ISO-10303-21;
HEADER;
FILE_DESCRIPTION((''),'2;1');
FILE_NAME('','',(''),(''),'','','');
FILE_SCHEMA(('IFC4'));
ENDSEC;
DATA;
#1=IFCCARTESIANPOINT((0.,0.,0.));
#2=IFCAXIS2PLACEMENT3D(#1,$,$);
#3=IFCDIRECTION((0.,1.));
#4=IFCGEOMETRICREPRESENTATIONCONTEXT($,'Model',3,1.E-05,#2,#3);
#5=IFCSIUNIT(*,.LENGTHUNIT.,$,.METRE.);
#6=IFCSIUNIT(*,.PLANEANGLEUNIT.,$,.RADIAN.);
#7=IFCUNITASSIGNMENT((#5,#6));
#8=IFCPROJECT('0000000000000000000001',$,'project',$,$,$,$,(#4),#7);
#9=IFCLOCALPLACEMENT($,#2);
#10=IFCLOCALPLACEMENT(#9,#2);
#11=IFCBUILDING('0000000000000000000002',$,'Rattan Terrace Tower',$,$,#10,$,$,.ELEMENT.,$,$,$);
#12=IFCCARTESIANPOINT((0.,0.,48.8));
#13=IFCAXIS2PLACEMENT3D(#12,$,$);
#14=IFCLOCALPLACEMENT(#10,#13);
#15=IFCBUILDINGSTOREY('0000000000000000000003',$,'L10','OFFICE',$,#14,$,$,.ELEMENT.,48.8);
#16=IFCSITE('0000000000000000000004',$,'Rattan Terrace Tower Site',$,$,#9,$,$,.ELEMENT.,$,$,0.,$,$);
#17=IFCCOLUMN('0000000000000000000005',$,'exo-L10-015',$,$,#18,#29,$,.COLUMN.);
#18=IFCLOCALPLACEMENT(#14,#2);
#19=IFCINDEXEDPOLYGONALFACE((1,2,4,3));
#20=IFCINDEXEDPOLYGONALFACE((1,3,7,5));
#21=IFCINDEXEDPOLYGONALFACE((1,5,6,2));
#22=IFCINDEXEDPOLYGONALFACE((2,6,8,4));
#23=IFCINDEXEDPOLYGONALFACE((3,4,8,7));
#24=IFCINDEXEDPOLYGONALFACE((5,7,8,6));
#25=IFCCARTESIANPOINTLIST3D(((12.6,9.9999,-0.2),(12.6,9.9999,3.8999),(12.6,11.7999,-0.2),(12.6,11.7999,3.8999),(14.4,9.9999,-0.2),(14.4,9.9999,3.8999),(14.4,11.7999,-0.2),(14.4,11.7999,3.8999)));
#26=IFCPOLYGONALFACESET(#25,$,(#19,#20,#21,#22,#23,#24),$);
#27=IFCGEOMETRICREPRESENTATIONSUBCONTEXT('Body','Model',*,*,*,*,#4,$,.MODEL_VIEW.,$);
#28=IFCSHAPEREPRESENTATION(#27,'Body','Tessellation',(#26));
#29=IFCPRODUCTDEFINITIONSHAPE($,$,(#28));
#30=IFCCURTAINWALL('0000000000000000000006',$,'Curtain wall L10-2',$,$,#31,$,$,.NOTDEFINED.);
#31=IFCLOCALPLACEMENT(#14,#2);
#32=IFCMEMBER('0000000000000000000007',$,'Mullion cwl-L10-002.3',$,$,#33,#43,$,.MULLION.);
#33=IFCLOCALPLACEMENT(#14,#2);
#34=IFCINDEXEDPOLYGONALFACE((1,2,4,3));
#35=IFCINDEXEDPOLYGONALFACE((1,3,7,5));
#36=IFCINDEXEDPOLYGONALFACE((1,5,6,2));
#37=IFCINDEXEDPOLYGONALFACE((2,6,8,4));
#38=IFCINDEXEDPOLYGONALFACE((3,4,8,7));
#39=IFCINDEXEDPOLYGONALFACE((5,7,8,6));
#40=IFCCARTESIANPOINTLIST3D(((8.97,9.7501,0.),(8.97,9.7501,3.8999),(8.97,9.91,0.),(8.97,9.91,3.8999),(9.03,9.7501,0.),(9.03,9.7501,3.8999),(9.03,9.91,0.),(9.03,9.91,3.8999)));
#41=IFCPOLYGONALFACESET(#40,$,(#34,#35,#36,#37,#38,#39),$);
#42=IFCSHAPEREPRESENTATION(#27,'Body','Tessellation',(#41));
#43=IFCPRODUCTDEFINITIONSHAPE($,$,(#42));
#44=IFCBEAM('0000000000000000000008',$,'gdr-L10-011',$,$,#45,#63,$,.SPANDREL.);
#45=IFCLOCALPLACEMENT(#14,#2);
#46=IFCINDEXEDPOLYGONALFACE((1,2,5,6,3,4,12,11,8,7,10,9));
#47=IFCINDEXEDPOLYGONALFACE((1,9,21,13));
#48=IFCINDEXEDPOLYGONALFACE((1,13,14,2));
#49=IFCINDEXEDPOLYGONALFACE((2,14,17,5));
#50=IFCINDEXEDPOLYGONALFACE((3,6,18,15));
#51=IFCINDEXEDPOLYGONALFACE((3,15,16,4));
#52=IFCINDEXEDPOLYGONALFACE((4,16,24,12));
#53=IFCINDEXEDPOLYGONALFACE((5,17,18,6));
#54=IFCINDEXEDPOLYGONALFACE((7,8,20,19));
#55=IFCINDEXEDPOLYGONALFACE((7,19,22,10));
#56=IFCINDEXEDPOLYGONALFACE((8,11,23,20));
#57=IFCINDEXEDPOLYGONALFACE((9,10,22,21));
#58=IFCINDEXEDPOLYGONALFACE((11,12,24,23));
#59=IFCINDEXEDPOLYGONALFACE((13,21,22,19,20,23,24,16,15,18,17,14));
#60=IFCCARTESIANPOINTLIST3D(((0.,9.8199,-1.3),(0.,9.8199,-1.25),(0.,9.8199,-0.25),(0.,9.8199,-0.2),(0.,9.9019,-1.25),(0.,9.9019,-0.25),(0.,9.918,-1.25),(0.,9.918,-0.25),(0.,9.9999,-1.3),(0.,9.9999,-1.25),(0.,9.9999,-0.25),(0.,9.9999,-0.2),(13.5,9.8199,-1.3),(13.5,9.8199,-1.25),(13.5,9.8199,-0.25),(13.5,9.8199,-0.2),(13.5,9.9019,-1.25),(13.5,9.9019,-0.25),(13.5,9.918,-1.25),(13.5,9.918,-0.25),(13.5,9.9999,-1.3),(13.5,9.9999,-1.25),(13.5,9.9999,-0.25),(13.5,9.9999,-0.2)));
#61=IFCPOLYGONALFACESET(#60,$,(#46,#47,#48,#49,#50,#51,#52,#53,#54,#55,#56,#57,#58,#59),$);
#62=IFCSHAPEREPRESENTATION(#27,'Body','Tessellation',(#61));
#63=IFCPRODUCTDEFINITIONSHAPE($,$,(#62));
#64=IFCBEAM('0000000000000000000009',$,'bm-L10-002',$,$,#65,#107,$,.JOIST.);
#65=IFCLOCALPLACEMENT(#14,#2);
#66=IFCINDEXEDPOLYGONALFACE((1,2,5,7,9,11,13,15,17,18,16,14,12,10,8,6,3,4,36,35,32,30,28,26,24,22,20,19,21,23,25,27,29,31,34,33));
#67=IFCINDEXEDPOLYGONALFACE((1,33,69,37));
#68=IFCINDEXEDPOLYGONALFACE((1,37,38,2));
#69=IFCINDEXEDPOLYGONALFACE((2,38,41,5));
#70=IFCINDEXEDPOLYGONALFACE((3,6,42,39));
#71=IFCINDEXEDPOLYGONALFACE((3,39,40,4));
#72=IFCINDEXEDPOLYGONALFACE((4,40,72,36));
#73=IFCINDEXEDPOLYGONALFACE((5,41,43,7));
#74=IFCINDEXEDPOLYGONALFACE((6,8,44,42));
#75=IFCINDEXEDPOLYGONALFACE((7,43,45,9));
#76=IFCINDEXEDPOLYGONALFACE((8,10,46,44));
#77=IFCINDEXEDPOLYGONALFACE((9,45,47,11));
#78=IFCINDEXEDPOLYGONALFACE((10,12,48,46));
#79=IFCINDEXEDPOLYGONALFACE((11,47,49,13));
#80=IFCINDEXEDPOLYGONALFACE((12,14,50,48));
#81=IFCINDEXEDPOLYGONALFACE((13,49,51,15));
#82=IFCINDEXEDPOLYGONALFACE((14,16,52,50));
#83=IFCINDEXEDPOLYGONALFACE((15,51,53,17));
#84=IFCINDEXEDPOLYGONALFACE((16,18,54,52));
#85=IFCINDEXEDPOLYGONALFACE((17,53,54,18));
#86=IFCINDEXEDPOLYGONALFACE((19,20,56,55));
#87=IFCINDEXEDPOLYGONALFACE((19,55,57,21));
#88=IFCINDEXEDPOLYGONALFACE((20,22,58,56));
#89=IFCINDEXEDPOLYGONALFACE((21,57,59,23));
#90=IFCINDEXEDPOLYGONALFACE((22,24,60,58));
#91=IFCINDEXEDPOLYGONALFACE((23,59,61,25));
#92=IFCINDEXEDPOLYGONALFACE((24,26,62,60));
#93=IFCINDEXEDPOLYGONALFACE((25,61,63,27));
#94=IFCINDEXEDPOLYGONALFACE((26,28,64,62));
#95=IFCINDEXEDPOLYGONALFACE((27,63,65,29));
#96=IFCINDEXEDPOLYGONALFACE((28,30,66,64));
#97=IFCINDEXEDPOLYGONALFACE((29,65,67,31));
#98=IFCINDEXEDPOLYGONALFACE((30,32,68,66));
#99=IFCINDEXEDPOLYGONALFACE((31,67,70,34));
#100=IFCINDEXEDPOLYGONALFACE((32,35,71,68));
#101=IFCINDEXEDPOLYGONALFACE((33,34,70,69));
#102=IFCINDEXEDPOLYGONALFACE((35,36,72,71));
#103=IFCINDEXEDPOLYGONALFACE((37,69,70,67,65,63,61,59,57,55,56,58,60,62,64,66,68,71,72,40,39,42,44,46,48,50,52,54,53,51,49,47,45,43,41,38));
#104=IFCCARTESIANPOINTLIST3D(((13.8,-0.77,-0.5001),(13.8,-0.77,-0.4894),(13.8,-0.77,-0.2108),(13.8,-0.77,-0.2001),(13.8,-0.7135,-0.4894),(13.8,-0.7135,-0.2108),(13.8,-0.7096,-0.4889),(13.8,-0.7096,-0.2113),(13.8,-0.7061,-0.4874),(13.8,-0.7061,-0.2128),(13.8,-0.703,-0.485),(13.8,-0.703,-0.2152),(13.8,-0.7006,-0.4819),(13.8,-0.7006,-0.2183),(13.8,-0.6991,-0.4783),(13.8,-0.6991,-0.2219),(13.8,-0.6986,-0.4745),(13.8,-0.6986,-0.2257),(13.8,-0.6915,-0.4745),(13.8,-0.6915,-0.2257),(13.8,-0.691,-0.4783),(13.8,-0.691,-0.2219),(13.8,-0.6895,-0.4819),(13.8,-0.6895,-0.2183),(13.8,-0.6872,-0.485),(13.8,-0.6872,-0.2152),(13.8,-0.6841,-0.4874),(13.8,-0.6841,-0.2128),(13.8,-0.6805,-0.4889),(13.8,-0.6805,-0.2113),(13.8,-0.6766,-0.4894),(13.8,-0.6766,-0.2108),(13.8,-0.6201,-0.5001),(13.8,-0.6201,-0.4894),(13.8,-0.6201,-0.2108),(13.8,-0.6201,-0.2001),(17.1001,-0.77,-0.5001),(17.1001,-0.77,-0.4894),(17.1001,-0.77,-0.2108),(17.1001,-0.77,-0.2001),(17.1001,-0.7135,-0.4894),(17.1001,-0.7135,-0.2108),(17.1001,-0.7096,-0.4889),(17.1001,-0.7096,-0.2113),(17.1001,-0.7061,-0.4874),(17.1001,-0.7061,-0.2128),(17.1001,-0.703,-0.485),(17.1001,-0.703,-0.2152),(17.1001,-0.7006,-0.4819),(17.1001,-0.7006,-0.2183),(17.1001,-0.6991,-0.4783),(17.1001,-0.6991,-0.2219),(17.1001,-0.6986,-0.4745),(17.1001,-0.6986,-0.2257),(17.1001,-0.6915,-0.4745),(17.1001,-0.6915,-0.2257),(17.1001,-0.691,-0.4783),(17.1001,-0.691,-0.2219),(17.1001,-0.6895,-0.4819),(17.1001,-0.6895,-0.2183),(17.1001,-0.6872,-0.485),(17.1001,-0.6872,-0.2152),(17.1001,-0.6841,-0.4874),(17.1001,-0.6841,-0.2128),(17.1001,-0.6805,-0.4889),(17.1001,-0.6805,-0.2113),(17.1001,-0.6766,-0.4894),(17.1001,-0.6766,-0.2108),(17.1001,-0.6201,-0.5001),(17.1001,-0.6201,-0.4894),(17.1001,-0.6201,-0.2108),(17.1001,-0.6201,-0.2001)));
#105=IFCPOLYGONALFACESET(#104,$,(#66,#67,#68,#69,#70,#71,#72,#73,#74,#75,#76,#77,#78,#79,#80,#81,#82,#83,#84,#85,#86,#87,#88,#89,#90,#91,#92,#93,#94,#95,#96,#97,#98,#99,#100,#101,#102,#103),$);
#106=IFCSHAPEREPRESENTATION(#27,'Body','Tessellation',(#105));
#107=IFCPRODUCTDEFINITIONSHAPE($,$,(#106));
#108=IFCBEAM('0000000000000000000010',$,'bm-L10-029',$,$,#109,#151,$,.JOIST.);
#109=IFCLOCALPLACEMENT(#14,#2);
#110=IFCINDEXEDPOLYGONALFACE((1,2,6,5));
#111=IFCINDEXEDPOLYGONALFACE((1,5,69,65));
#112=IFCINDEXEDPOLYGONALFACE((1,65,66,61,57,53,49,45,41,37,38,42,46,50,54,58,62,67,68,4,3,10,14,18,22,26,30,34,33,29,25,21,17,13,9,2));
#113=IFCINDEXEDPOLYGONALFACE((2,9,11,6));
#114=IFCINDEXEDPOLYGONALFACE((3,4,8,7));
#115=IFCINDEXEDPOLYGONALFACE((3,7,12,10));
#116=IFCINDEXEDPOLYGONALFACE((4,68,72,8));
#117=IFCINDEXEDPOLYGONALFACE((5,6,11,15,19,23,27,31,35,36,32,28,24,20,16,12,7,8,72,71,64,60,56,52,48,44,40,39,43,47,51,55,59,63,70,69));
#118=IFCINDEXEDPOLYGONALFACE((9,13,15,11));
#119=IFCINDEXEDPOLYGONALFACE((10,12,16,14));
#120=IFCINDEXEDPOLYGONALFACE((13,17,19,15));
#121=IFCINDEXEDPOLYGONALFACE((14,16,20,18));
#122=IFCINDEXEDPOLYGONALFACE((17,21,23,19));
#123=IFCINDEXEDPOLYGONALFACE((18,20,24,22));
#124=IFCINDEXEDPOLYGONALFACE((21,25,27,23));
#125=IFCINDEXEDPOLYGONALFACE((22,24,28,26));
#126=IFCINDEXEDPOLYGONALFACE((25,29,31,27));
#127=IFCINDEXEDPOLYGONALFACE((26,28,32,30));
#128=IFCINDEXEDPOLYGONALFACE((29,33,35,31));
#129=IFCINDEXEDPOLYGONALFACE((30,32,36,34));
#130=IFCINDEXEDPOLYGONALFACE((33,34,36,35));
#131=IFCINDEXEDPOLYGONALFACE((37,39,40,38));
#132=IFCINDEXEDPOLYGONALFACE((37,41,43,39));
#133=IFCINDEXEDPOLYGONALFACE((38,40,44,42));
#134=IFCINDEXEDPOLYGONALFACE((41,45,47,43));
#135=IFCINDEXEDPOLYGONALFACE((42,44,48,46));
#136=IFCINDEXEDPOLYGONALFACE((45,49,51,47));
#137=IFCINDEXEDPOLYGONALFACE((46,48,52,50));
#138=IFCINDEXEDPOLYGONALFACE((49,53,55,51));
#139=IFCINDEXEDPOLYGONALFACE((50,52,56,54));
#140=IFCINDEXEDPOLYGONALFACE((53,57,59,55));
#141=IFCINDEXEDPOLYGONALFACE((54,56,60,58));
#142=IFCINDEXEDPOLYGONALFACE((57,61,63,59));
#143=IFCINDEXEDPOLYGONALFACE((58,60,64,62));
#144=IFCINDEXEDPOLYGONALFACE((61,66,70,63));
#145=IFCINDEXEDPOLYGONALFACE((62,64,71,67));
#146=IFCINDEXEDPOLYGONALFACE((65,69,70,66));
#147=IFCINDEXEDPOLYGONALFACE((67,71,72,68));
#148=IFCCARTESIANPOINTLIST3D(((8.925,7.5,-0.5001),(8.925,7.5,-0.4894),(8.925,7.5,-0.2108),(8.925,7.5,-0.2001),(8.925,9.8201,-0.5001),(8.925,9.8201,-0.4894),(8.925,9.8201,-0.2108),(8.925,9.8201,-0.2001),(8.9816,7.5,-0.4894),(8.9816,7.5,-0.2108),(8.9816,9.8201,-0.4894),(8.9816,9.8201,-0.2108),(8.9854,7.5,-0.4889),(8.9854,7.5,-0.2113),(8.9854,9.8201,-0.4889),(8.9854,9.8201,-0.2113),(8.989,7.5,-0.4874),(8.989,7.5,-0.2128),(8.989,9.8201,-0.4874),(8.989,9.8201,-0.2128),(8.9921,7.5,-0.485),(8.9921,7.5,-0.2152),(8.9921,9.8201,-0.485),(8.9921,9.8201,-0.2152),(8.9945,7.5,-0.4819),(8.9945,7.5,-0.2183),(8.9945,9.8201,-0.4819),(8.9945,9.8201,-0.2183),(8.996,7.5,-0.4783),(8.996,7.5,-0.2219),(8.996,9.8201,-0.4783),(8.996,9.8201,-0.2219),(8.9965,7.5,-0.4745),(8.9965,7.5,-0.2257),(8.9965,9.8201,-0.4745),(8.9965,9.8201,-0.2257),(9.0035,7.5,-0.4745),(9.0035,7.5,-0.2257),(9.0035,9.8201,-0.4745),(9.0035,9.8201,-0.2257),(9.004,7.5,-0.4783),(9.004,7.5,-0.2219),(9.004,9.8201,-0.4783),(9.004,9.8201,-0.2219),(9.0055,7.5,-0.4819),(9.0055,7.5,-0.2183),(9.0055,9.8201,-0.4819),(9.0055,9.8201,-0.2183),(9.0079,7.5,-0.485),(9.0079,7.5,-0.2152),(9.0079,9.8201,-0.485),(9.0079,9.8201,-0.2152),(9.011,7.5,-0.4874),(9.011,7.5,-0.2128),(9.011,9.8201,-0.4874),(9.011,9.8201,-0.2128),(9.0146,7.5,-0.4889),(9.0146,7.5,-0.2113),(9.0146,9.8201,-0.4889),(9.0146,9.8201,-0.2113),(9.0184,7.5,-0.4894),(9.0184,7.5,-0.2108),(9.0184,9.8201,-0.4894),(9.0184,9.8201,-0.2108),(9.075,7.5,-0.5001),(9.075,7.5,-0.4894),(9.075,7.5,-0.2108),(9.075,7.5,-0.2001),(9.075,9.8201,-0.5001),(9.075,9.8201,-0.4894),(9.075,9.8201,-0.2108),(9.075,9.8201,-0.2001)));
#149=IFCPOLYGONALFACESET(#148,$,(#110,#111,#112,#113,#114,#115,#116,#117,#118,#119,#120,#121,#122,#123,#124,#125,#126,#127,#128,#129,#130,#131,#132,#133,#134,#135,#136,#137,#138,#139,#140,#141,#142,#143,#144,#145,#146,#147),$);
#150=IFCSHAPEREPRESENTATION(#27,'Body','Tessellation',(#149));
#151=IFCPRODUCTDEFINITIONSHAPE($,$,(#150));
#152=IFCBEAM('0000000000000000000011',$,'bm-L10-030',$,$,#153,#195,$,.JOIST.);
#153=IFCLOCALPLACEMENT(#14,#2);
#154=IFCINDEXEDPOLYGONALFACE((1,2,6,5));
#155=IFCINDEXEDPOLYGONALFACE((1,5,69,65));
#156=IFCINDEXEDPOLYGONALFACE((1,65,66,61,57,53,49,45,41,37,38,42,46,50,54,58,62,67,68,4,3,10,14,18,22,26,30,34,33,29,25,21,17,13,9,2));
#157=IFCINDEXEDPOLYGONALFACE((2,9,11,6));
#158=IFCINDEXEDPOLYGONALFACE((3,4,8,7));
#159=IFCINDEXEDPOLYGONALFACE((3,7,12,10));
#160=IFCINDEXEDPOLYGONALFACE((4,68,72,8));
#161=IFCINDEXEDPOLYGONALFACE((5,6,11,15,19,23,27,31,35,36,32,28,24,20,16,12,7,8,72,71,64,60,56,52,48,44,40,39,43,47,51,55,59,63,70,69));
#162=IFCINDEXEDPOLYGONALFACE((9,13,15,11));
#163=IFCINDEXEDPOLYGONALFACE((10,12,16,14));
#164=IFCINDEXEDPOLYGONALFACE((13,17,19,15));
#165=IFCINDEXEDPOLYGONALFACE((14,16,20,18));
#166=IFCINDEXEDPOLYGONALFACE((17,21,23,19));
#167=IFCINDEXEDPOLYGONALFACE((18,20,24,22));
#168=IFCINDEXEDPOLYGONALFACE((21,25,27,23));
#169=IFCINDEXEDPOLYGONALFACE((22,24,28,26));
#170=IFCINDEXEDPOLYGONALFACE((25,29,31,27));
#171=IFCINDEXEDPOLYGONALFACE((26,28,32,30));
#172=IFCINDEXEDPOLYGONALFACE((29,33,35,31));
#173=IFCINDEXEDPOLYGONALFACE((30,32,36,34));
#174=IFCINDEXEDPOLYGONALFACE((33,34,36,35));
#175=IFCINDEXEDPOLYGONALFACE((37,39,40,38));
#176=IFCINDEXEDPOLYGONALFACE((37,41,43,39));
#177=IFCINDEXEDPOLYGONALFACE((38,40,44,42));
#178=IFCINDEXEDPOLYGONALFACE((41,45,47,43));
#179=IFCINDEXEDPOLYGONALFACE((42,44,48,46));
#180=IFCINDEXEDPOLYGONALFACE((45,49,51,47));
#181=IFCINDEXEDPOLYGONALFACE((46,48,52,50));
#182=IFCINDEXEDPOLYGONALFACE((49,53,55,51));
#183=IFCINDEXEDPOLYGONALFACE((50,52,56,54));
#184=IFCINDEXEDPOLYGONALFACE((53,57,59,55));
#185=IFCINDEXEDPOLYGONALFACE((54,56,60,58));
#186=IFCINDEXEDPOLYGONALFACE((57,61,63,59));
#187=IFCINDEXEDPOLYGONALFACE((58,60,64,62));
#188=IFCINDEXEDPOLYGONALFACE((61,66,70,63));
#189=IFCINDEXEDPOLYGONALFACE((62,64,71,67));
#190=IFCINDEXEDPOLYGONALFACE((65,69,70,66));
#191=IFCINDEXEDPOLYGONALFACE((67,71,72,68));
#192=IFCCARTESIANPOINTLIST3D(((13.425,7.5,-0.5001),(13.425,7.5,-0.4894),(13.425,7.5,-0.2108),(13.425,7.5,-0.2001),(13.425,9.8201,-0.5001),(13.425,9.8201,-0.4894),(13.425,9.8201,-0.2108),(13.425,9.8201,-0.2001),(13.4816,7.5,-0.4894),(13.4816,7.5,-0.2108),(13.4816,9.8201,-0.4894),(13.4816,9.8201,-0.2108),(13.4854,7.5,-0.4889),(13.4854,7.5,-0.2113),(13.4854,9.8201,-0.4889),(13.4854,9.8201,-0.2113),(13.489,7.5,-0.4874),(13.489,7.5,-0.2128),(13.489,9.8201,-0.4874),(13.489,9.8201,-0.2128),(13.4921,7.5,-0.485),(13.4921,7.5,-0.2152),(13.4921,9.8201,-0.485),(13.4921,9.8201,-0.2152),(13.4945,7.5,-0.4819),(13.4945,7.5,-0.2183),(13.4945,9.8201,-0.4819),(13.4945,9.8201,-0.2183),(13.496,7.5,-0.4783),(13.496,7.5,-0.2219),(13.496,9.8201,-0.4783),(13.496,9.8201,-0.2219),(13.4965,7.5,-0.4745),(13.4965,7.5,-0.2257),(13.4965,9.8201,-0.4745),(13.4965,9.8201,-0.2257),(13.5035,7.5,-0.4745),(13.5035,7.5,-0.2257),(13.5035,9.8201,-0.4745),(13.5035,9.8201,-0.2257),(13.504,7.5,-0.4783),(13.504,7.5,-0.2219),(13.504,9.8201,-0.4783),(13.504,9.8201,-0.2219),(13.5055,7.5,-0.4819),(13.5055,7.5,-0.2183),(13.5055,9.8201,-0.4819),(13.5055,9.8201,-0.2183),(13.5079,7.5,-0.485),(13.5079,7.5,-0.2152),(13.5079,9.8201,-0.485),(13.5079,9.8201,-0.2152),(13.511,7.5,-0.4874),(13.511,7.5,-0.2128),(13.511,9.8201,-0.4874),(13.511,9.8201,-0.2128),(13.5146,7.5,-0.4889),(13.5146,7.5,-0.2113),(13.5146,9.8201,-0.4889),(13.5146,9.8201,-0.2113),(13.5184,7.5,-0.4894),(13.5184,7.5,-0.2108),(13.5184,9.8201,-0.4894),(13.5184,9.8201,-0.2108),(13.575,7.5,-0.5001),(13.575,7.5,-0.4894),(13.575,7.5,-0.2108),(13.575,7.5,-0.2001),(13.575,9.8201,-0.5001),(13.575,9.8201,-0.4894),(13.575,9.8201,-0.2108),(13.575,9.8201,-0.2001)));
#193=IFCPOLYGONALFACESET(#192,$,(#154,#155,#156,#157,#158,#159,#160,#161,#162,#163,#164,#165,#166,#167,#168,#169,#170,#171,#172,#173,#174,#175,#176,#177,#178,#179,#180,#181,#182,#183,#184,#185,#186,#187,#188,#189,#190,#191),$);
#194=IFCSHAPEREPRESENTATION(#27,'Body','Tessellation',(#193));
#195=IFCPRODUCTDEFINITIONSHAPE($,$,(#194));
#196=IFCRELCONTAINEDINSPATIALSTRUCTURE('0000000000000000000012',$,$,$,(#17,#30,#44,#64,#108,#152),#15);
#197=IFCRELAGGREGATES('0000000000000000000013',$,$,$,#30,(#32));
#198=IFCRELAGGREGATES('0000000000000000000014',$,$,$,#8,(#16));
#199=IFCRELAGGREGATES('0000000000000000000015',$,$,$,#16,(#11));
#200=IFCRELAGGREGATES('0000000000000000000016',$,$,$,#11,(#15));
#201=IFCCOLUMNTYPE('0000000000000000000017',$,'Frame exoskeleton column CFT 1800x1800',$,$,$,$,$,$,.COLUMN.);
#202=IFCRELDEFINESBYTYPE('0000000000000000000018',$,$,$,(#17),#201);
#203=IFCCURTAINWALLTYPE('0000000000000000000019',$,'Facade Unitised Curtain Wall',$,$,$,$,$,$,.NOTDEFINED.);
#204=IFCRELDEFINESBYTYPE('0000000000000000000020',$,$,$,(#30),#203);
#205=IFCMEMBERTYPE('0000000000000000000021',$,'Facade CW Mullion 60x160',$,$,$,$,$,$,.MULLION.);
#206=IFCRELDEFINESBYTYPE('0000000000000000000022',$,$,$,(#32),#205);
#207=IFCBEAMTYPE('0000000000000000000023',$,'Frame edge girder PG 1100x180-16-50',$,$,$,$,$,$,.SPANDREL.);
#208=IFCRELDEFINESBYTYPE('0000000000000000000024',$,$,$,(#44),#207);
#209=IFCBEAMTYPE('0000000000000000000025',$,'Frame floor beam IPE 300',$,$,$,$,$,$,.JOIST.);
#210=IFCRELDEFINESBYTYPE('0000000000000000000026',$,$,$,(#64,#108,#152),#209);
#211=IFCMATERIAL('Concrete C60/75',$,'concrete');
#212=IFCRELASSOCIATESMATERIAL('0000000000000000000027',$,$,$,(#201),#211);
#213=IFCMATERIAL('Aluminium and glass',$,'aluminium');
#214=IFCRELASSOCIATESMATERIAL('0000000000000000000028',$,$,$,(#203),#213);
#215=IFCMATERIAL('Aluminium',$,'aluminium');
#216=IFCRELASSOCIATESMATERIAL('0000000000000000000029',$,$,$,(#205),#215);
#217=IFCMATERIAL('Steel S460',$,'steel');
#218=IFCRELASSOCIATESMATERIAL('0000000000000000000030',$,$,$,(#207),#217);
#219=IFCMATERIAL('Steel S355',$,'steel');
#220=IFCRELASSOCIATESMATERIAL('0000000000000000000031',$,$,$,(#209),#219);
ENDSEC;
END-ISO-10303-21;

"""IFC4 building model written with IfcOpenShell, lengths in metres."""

from ifc_helpers import new_model, si_unit, direction, frame, origin, origin_2d, place, context, subcontext, project, spatial, rectangle, i_section, extrude, material, material_profile, profile_set, type_object, element, aggregate, save


model = new_model("IFC4")

# Units and contexts
model_context = context("Model", 3, precision=1e-05, world=origin(), true_north=direction((0.0, 1.0)))
body_context = subcontext(model_context, "Body", "Model", "MODEL_VIEW")
ifc_project = project(units=[si_unit("LENGTHUNIT", "METRE"), si_unit("PLANEANGLEUNIT", "RADIAN")], contexts=[model_context])

# Site, building, storey
site_placement = place(None, origin())
site = spatial("IfcSite", under=ifc_project, at=site_placement, Name="Rattan Terrace Tower Site", CompositionType="ELEMENT", RefElevation=0.0)
building_placement = place(site_placement, origin())
building = spatial("IfcBuilding", under=site, at=building_placement, Name="Rattan Terrace Tower", CompositionType="ELEMENT")
storey_placement = place(building_placement, frame((0.0, 0.0, 48.8)))
storey = spatial("IfcBuildingStorey", under=building, at=storey_placement, Name="L10", Description="OFFICE", CompositionType="ELEMENT", Elevation=48.8)

# Column
ifc_material_1 = material(Name="Concrete C60/75", Category="concrete")
ifc_material_profile_1 = material_profile(ifc_material_1, rectangle(XDim=1.8, YDim=1.8, at=origin_2d()), Name="CFT 1800x1800")
ifc_profile_set_1 = profile_set([ifc_material_profile_1], Name="Concrete C60/75")
column_type = type_object("IfcColumnType", Name="Frame exoskeleton column CFT 1800x1800", PredefinedType="COLUMN", material=ifc_profile_set_1)
column_placement = place(storey_placement, frame((13.5, 10.8999, -0.2), z_axis=(0.0, 0.0, 1.0), x_axis=(1.0, 0.0, 0.0)))
element("IfcColumn", 1, at=column_placement, inside=storey, type_object=column_type, Name="exo-L10-015", PredefinedType="COLUMN", context=body_context, shape_type="SweptSolid", body=[
    extrude(rectangle(XDim=1.8, YDim=1.8, at=origin_2d()), origin(), (0.0, 0.0, 1.0), 4.0999),
])

# Curtain wall, member
ifc_material_2 = material(Name="Aluminium and glass", Category="aluminium")
curtain_wall_type = type_object("IfcCurtainWallType", Name="Facade Unitised Curtain Wall", PredefinedType="NOTDEFINED", material=ifc_material_2)
curtain_wall_placement = place(storey_placement, origin())
curtain_wall = element("IfcCurtainWall", 2, at=curtain_wall_placement, inside=storey, type_object=curtain_wall_type, Name="Curtain wall L10-2", PredefinedType="NOTDEFINED")
ifc_material_3 = material(Name="Aluminium", Category="aluminium")
ifc_material_profile_2 = material_profile(ifc_material_3, rectangle(XDim=0.0601, YDim=0.1599, at=origin_2d()), Name="Aluminium 60x160")
ifc_profile_set_2 = profile_set([ifc_material_profile_2], Name="Aluminium")
member_type = type_object("IfcMemberType", Name="Facade CW Mullion 60x160", PredefinedType="MULLION", material=ifc_profile_set_2)
member_placement = place(storey_placement, frame((9.0, 9.8301, 0.0), z_axis=(0.0, 0.0, 1.0), x_axis=(-1.0, 0.0, 0.0)))
member = element("IfcMember", 3, at=member_placement, type_object=member_type, Name="Mullion cwl-L10-002.3", PredefinedType="MULLION", context=body_context, shape_type="SweptSolid", body=[
    extrude(rectangle(XDim=0.0601, YDim=0.1599, at=origin_2d()), origin(), (0.0, 0.0, 1.0), 3.8999),
])

# Beams
ifc_material_4 = material(Name="Steel S460", Category="steel")
ifc_material_profile_3 = material_profile(ifc_material_4, i_section(OverallWidth=0.1799, OverallDepth=1.1001, WebThickness=0.0161, FlangeThickness=0.05, at=origin_2d()), Name="PG 1100x180-16-50")
ifc_profile_set_3 = profile_set([ifc_material_profile_3], Name="Steel S460")
beam_type_1 = type_object("IfcBeamType", Name="Frame edge girder PG 1100x180-16-50", PredefinedType="SPANDREL", material=ifc_profile_set_3)
beam_1_placement = place(storey_placement, frame((13.5, 9.9099, -0.75), z_axis=(-1.0, 0.0, 0.0), x_axis=(0.0, -1.0, 0.0)))
element("IfcBeam", 4, at=beam_1_placement, inside=storey, type_object=beam_type_1, Name="gdr-L10-011", PredefinedType="SPANDREL", context=body_context, shape_type="SweptSolid", body=[
    extrude(i_section(OverallWidth=0.1799, OverallDepth=1.1001, WebThickness=0.0161, FlangeThickness=0.05, at=origin_2d()), origin(), (0.0, 0.0, 1.0), 13.5),
])
ifc_material_5 = material(Name="Steel S355", Category="steel")
ifc_material_profile_4 = material_profile(ifc_material_5, i_section(OverallWidth=0.1499, OverallDepth=0.3, WebThickness=0.0071, FlangeThickness=0.0107, FilletRadius=0.0149, at=origin_2d()), Name="IPE 300")
ifc_profile_set_4 = profile_set([ifc_material_profile_4], Name="Steel S355")
beam_type_2 = type_object("IfcBeamType", Name="Frame floor beam IPE 300", PredefinedType="JOIST", material=ifc_profile_set_4)
beam_2_placement = place(storey_placement, frame((13.8, -0.6951, -0.3501), z_axis=(1.0, 0.0, 0.0), x_axis=(0.0, 1.0, 0.0)))
element("IfcBeam", 5, at=beam_2_placement, inside=storey, type_object=beam_type_2, Name="bm-L10-002", PredefinedType="JOIST", context=body_context, shape_type="SweptSolid", body=[
    extrude(i_section(OverallWidth=0.1499, OverallDepth=0.3, WebThickness=0.0071, FlangeThickness=0.0107, FilletRadius=0.0149, at=origin_2d()), origin(), (0.0, 0.0, 1.0), 3.3),
])
for number, where, z_axis, x_axis, name in (
    (6, (9.0, 7.5, -0.3501), (0.0, 1.0, 0.0), (-1.0, 0.0, 0.0), "bm-L10-029"),
    (7, (13.5, 7.5, -0.3501), (0.0, 1.0, 0.0), (-1.0, 0.0, 0.0), "bm-L10-030"),
):
    element("IfcBeam", number, at=place(storey_placement, frame(where, z_axis=z_axis, x_axis=x_axis)), inside=storey, type_object=beam_type_2, Name=name, PredefinedType="JOIST", context=body_context, shape_type="SweptSolid", body=[
        extrude(i_section(OverallWidth=0.1499, OverallDepth=0.3, WebThickness=0.0071, FlangeThickness=0.0107, FilletRadius=0.0149, at=origin_2d()), origin(), (0.0, 0.0, 1.0), 2.3201),
    ])

aggregate(curtain_wall, [member])

save(model, "model.ifc")
